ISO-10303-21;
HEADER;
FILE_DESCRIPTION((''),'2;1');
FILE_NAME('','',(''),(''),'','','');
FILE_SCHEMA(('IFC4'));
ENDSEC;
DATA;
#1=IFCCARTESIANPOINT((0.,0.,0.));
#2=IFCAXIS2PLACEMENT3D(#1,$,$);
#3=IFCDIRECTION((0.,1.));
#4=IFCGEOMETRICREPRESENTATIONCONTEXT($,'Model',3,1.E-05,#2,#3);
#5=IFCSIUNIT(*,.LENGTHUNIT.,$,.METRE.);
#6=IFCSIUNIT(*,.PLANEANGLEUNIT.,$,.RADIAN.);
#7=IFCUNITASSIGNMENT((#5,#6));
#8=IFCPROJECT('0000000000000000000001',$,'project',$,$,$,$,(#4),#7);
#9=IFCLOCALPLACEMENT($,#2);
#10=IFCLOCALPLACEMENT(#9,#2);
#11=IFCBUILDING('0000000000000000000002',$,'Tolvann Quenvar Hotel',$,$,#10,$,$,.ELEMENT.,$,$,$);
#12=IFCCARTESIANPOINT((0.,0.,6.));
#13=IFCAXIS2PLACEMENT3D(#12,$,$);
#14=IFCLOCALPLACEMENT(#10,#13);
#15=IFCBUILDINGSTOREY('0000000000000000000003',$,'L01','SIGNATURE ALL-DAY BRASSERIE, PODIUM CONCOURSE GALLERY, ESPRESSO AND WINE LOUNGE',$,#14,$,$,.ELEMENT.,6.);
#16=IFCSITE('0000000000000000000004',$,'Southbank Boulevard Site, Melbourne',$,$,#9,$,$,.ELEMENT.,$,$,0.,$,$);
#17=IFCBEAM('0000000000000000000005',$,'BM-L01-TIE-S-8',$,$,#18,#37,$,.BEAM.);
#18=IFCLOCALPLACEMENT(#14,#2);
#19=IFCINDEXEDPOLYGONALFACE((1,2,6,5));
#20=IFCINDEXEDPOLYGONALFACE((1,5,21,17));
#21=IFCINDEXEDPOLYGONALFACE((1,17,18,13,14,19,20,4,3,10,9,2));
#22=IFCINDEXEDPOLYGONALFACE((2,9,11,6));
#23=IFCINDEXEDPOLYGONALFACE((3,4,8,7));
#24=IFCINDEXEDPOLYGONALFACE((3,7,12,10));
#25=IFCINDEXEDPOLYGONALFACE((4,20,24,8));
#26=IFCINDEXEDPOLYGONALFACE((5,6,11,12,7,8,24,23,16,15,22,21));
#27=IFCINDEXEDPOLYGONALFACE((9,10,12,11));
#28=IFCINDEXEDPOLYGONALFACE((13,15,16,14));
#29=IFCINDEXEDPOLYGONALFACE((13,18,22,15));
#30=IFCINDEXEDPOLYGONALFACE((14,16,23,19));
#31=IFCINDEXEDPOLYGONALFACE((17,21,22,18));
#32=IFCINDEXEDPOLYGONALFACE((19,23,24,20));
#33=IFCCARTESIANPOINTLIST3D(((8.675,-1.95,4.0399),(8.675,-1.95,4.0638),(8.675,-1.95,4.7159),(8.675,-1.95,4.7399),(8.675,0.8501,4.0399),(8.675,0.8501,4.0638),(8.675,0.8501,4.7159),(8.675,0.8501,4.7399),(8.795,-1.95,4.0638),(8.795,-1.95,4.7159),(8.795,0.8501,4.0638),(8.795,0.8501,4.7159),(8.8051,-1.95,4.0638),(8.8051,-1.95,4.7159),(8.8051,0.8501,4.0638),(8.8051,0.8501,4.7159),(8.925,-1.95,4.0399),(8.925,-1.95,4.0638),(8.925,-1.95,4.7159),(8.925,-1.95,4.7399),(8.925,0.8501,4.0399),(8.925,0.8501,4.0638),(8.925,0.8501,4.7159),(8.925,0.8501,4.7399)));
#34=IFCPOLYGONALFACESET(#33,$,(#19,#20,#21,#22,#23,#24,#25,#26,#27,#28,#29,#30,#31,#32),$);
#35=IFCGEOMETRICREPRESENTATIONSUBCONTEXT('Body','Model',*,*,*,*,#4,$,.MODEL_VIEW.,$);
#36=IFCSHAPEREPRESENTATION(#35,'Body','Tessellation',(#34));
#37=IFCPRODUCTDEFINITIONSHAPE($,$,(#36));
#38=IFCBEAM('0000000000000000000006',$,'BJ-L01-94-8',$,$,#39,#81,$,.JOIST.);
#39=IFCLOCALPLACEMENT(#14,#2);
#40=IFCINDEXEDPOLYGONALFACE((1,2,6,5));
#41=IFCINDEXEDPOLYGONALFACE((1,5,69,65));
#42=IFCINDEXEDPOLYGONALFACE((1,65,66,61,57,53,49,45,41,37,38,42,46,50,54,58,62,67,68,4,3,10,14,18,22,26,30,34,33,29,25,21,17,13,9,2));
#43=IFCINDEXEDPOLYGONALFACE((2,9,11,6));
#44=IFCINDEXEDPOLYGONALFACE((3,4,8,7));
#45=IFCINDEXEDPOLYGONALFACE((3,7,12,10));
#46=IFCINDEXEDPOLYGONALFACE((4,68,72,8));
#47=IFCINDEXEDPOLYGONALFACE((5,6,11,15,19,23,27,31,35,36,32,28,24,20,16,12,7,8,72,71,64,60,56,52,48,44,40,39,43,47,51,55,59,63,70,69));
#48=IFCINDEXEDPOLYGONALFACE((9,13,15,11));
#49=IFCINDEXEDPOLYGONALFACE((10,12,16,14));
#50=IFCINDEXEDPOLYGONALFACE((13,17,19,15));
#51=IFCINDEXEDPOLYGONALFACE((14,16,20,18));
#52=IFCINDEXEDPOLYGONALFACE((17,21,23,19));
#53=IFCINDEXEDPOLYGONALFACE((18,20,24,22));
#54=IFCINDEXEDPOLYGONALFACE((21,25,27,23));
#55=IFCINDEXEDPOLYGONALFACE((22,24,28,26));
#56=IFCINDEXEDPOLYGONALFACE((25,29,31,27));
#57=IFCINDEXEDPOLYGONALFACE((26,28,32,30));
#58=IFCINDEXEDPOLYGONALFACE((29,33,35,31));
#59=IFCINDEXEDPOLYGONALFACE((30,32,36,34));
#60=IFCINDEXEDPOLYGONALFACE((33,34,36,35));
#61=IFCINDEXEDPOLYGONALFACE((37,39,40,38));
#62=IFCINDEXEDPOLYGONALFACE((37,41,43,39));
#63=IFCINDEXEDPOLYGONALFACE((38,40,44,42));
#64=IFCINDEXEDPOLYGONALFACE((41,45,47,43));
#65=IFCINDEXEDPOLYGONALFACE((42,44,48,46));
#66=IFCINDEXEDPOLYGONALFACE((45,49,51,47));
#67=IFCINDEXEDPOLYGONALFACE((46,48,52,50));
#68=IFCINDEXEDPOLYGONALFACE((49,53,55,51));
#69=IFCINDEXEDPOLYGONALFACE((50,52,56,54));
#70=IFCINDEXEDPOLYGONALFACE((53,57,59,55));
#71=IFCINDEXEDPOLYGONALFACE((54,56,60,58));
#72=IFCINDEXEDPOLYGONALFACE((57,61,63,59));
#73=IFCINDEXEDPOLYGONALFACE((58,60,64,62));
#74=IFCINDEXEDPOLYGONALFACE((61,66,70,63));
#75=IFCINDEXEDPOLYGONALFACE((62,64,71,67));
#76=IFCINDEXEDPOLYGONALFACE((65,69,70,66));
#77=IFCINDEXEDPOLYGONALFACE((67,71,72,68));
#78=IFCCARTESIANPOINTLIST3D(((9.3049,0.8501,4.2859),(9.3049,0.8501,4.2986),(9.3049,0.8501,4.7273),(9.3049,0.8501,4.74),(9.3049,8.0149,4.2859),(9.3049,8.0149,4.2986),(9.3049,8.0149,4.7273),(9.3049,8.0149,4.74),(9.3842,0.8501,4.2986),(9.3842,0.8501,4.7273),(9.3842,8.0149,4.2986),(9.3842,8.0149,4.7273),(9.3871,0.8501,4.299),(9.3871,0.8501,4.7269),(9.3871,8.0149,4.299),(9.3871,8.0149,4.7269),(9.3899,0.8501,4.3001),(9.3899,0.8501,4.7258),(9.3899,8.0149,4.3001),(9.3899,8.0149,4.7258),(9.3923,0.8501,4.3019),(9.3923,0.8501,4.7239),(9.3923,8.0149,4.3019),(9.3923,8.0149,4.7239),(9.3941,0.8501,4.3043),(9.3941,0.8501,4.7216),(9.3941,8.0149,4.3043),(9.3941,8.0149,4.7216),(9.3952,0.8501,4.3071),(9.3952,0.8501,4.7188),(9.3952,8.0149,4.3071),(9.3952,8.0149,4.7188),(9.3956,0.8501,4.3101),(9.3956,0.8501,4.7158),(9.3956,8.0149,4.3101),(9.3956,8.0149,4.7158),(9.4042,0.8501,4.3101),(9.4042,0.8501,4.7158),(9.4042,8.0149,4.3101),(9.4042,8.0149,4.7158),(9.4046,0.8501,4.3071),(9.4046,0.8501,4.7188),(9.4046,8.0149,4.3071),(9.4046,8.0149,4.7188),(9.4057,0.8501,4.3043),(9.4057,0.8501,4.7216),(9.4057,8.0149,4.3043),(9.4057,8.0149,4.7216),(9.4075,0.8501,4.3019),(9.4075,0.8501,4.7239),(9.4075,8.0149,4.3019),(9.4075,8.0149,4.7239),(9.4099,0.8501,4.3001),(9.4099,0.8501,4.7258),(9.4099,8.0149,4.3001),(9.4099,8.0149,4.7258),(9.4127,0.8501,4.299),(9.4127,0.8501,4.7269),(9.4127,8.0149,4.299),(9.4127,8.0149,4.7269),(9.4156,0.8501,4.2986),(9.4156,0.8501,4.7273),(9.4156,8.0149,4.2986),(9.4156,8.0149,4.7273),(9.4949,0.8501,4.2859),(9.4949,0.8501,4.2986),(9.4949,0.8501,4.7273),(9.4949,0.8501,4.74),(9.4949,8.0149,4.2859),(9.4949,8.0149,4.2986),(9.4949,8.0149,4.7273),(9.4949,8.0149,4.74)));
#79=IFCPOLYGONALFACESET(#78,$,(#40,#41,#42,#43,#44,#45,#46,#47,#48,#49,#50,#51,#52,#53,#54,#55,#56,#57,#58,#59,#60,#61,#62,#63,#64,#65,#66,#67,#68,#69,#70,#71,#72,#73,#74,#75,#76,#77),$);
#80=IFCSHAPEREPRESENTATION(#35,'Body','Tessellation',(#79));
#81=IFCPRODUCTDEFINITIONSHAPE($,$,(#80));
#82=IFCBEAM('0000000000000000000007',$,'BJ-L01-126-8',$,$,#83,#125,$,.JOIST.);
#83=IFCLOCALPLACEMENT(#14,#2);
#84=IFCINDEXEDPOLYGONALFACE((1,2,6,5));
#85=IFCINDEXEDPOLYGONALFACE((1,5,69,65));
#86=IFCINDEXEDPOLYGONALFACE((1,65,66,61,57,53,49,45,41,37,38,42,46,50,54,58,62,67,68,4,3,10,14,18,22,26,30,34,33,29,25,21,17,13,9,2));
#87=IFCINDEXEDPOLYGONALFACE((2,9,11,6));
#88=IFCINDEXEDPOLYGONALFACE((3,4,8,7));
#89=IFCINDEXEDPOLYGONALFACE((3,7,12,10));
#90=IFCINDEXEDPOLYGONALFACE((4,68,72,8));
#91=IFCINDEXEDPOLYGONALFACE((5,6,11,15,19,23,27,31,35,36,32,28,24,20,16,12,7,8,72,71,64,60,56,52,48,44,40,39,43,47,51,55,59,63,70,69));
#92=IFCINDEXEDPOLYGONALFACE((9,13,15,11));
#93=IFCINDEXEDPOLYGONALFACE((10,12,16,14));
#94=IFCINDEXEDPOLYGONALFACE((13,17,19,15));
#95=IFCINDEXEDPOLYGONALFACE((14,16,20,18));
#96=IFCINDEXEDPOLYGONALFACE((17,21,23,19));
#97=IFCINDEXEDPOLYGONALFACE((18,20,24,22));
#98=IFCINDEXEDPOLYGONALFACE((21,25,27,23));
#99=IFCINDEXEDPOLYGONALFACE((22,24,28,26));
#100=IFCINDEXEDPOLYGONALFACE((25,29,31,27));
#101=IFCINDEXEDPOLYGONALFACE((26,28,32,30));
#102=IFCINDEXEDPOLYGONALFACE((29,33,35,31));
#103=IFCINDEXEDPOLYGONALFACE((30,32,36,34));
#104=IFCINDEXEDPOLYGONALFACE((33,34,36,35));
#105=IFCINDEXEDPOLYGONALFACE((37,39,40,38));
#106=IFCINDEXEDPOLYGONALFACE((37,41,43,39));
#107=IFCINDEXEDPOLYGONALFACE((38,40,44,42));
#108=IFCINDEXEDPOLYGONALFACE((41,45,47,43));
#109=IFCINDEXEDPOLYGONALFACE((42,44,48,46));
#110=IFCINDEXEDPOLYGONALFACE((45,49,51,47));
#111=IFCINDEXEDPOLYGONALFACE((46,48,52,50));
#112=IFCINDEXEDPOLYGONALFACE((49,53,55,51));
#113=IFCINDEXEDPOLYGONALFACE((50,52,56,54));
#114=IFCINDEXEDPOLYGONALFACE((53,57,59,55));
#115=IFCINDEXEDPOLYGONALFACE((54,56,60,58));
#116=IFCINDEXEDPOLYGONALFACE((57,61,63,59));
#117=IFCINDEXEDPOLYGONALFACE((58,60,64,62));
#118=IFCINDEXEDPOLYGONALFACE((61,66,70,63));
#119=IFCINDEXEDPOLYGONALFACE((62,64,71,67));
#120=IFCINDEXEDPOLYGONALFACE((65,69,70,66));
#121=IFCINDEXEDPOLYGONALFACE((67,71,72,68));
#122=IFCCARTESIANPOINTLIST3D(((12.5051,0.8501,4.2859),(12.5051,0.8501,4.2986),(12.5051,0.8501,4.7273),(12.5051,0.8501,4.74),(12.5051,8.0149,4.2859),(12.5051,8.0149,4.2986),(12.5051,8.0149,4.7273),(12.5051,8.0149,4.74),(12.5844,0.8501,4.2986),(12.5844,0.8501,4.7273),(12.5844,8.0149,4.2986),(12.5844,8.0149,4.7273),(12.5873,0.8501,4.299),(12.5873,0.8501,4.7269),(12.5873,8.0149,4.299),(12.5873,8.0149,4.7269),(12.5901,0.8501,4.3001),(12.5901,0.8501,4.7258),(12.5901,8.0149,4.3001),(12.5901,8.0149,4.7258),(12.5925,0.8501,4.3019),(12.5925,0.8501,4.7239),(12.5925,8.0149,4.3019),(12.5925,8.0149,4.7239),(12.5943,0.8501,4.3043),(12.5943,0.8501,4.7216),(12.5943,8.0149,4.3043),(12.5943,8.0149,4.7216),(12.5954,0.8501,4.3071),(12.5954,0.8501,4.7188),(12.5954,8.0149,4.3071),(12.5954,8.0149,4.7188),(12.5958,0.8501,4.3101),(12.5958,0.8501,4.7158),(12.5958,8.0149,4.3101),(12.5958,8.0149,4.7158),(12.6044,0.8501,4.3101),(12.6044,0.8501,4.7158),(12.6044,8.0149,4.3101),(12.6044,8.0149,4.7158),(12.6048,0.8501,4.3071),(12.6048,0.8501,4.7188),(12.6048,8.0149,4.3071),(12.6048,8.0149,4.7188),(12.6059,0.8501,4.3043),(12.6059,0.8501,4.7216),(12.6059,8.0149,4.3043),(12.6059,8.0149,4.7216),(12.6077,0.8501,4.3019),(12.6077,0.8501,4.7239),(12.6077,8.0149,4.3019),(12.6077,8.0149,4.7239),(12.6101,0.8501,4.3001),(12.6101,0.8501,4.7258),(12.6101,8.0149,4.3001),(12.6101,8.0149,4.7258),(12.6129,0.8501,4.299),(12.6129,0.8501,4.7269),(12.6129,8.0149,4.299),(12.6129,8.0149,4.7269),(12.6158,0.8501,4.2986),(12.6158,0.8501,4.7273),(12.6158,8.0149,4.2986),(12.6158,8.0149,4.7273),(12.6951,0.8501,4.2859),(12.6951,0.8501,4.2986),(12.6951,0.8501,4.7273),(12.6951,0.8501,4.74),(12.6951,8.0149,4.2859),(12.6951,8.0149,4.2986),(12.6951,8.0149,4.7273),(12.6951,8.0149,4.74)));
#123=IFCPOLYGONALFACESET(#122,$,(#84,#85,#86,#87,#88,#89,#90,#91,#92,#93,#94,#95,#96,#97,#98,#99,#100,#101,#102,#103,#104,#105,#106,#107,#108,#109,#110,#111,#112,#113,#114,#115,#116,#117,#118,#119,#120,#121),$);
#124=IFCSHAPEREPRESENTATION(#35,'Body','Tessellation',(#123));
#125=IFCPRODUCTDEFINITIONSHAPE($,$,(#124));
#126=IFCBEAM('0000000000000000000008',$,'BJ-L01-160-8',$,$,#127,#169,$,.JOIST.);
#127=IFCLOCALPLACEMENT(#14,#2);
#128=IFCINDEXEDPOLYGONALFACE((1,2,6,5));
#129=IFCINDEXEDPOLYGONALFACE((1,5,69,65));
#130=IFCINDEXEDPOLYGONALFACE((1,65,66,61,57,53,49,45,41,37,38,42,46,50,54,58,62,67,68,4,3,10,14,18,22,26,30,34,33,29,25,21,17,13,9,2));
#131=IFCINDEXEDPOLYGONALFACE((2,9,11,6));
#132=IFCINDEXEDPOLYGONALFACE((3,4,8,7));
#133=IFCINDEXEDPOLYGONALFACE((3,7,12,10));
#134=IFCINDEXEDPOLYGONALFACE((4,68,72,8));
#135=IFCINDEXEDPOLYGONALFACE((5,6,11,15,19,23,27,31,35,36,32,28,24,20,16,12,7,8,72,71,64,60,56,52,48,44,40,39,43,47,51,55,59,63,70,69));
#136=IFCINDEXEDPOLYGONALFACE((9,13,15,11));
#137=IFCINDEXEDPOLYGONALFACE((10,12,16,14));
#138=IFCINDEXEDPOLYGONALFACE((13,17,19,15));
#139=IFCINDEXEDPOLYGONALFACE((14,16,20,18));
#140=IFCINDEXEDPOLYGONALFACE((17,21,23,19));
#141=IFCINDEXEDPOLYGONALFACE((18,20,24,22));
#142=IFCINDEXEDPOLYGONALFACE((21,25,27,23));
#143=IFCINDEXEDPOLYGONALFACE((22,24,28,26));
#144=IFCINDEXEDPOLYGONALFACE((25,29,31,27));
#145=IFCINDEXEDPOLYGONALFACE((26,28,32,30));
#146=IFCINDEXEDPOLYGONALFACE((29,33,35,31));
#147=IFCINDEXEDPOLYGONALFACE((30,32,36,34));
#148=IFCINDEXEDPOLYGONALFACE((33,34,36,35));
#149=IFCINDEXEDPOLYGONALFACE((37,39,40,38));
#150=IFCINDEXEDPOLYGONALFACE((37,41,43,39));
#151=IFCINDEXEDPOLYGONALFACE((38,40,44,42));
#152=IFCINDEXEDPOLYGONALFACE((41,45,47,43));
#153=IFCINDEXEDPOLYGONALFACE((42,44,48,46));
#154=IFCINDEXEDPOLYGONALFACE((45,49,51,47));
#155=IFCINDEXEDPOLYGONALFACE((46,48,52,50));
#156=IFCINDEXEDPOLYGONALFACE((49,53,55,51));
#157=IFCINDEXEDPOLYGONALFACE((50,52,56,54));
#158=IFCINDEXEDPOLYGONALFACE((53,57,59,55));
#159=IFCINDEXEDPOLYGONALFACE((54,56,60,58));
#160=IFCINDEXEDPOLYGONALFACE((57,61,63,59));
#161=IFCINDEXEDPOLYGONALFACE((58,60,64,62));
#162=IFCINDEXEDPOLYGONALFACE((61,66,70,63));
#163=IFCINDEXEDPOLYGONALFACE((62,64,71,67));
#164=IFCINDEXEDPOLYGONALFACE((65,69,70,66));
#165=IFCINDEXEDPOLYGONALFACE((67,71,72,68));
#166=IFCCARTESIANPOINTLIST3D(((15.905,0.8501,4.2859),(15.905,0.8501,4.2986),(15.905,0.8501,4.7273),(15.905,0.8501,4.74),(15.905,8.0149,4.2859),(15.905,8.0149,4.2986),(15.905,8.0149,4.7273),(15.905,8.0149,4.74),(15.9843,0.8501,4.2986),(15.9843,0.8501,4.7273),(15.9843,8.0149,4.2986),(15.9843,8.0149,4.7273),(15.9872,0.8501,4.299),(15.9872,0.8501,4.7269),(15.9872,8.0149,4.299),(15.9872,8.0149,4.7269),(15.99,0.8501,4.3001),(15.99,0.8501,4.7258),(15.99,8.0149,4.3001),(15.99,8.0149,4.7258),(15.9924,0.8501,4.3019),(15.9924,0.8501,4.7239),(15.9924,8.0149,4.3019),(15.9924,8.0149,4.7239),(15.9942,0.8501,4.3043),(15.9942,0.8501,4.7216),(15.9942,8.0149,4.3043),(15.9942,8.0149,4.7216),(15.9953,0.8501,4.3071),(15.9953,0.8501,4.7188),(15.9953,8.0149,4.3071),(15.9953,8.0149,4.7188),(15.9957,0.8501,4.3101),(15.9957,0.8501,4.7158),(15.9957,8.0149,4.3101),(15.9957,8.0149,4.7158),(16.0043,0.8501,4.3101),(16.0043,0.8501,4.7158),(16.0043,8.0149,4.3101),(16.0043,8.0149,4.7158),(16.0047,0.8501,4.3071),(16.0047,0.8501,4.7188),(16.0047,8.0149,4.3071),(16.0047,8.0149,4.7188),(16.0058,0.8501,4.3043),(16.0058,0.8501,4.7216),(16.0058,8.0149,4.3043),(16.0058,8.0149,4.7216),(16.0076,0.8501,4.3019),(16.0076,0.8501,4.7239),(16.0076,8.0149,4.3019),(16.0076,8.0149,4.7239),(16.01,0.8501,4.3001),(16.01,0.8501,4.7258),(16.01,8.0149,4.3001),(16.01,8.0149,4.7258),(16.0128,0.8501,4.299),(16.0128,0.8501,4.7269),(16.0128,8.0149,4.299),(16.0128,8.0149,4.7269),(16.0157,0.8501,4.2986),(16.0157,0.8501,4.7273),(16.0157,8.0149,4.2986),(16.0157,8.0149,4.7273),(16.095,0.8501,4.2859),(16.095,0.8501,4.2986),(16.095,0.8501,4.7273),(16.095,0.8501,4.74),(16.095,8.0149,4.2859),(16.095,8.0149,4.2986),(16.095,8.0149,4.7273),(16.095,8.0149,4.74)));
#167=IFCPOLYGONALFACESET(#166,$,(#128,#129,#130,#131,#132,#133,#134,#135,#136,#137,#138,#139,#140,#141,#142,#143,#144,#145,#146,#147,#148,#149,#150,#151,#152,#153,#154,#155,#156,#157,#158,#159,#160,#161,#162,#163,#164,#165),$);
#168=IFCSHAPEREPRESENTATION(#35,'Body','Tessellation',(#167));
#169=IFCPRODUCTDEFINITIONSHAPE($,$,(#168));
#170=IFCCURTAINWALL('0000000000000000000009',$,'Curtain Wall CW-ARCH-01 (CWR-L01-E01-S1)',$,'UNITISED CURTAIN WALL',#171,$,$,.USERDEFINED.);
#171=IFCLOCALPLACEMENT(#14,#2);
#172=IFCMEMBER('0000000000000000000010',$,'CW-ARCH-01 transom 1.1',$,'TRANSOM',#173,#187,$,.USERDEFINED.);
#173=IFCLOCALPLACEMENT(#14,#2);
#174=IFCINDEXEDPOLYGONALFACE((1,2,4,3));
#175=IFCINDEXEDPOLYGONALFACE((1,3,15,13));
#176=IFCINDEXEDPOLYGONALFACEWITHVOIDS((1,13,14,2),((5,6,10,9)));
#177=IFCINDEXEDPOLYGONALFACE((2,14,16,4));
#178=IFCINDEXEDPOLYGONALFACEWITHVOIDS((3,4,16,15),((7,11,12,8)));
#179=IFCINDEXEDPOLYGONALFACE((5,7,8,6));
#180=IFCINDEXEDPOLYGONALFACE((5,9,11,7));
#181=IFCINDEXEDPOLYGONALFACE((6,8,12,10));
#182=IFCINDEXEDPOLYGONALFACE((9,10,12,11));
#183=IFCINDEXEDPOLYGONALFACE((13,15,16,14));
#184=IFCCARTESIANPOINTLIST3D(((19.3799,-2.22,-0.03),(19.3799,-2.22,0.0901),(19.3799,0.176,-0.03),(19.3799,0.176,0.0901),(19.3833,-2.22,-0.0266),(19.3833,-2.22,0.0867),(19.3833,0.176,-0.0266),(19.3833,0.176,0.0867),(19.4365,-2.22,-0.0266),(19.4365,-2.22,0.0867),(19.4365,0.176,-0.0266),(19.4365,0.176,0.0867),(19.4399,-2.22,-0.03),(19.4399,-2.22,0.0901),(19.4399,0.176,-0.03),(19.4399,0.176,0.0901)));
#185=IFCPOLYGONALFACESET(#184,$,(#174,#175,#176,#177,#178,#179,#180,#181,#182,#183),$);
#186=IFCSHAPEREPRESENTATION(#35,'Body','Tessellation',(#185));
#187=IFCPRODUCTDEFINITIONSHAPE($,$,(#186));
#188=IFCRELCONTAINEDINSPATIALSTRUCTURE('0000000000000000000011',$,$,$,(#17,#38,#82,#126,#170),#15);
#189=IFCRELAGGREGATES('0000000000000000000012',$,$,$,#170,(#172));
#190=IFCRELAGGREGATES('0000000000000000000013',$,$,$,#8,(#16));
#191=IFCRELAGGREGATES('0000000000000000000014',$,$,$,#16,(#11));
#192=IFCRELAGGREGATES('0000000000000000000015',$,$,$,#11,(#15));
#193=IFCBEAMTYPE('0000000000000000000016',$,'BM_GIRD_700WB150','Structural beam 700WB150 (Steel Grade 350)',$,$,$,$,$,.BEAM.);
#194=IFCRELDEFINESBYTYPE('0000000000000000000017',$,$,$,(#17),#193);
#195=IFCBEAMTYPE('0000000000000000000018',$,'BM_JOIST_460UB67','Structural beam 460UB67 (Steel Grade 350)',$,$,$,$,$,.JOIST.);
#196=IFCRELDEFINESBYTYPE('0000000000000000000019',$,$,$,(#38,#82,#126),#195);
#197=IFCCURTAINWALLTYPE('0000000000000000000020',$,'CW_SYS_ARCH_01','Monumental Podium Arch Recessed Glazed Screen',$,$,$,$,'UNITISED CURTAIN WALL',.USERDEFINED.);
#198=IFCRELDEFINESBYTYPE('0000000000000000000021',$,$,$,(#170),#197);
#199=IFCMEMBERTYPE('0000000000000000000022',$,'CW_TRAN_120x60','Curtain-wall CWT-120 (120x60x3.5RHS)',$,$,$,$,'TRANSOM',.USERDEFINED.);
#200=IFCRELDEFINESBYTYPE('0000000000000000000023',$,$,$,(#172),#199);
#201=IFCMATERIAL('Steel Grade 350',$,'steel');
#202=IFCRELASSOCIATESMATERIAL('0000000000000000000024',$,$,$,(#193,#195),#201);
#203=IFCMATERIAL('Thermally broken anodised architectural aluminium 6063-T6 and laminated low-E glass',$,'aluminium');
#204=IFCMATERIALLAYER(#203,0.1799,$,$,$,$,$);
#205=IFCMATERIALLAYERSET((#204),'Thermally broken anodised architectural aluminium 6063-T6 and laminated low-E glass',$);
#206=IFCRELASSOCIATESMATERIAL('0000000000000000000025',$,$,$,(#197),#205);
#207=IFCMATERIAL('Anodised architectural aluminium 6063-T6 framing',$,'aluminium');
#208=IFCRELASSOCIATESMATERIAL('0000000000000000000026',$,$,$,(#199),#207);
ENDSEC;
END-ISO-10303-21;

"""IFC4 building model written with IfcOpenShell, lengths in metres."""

from ifc_helpers import new_model, si_unit, direction, frame, origin, origin_2d, place, context, subcontext, project, spatial, hollow_rectangle, i_section, extrude, source, transform, mapped, material, layer, layer_set, material_profile, profile_set, type_object, type_shapes, element, aggregate, save


model = new_model("IFC4")

# Units and contexts
model_context = context("Model", 3, precision=1e-05, world=origin(), true_north=direction((0.0, 1.0)))
body_context = subcontext(model_context, "Body", "Model", "MODEL_VIEW")
ifc_project = project(units=[si_unit("LENGTHUNIT", "METRE"), si_unit("PLANEANGLEUNIT", "RADIAN")], contexts=[model_context])

# Site, building, storey
site_placement = place(None, origin())
site = spatial("IfcSite", under=ifc_project, at=site_placement, Name="Southbank Boulevard Site, Melbourne", CompositionType="ELEMENT", RefElevation=0.0)
building_placement = place(site_placement, origin())
building = spatial("IfcBuilding", under=site, at=building_placement, Name="Tolvann Quenvar Hotel", CompositionType="ELEMENT")
storey_placement = place(building_placement, frame((0.0, 0.0, 6.0)))
storey = spatial("IfcBuildingStorey", under=building, at=storey_placement, Name="L01", Description="SIGNATURE ALL-DAY BRASSERIE, PODIUM CONCOURSE GALLERY, ESPRESSO AND WINE LOUNGE", CompositionType="ELEMENT", Elevation=6.0)

# Beams
ifc_material_1 = material(Name="Steel Grade 350", Category="steel")
ifc_material_profile_1 = material_profile(ifc_material_1, i_section(OverallWidth=0.25, OverallDepth=0.7, WebThickness=0.01, FlangeThickness=0.0239, at=origin_2d()), Name="700WB150")
ifc_profile_set_1 = profile_set([ifc_material_profile_1], Name="Steel Grade 350")
beam_type_1 = type_object("IfcBeamType", Name="BM_GIRD_700WB150", Description="Structural beam 700WB150 (Steel Grade 350)", PredefinedType="BEAM", material=ifc_profile_set_1)
shared_shape_1 = source(origin(), body_context, "Body", "SweptSolid", [
    extrude(i_section(OverallWidth=0.25, OverallDepth=0.7, WebThickness=0.01, FlangeThickness=0.0239, at=origin_2d()), origin(), (0.0, 0.0, 1.0), 2.8),
])
beam_1_placement = place(storey_placement, frame((8.8, -1.95, 4.3899), z_axis=(0.0, 1.0, 0.0), x_axis=(-1.0, 0.0, 0.0)))
element("IfcBeam", 1, at=beam_1_placement, inside=storey, type_object=beam_type_1, Name="BM-L01-TIE-S-8", PredefinedType="BEAM", context=body_context, shape_type="MappedRepresentation", body=[
    mapped(shared_shape_1, transform((0.0, 0.0, 0.0), x_axis=(1.0, 0.0, 0.0), y_axis=(0.0, 1.0, 0.0), z_axis=(0.0, 0.0, 1.0), scale=1.0)),
])
ifc_material_profile_2 = material_profile(ifc_material_1, i_section(OverallWidth=0.1899, OverallDepth=0.4541, WebThickness=0.0085, FlangeThickness=0.0127, FilletRadius=0.0115, at=origin_2d()), Name="460UB67")
ifc_profile_set_2 = profile_set([ifc_material_profile_2], Name="Steel Grade 350")
beam_type_2 = type_object("IfcBeamType", Name="BM_JOIST_460UB67", Description="Structural beam 460UB67 (Steel Grade 350)", PredefinedType="JOIST", material=ifc_profile_set_2)
shared_shape_2 = source(origin(), body_context, "Body", "SweptSolid", [
    extrude(i_section(OverallWidth=0.1899, OverallDepth=0.4541, WebThickness=0.0085, FlangeThickness=0.0127, FilletRadius=0.0115, at=origin_2d()), origin(), (0.0, 0.0, 1.0), 7.1648),
])
type_shapes(beam_type_2, [shared_shape_2])
for number, where, z_axis, x_axis, name in (
    (2, (9.3999, 0.8501, 4.5129), (0.0, 1.0, 0.0), (-1.0, 0.0, 0.0), "BJ-L01-94-8"),
    (3, (12.6001, 0.8501, 4.5129), (0.0, 1.0, 0.0), (-1.0, 0.0, 0.0), "BJ-L01-126-8"),
    (4, (16.0, 0.8501, 4.5129), (0.0, 1.0, 0.0), (-1.0, 0.0, 0.0), "BJ-L01-160-8"),
):
    element("IfcBeam", number, at=place(storey_placement, frame(where, z_axis=z_axis, x_axis=x_axis)), inside=storey, type_object=beam_type_2, Name=name, PredefinedType="JOIST", context=body_context, shape_type="MappedRepresentation", body=[
        mapped(shared_shape_2, transform((0.0, 0.0, 0.0), x_axis=(1.0, 0.0, 0.0), y_axis=(0.0, 1.0, 0.0), z_axis=(0.0, 0.0, 1.0), scale=1.0)),
    ])

# Curtain wall, member
ifc_material_2 = material(Name="Thermally broken anodised architectural aluminium 6063-T6 and laminated low-E glass", Category="aluminium")
ifc_layer_1 = layer(ifc_material_2, 0.1799)
ifc_layer_set_1 = layer_set([ifc_layer_1], Name="Thermally broken anodised architectural aluminium 6063-T6 and laminated low-E glass")
curtain_wall_type = type_object("IfcCurtainWallType", Name="CW_SYS_ARCH_01", Description="Monumental Podium Arch Recessed Glazed Screen", ElementType="UNITISED CURTAIN WALL", PredefinedType="USERDEFINED", material=ifc_layer_set_1)
curtain_wall_1_placement = place(storey_placement, origin())
curtain_wall_1 = element("IfcCurtainWall", 5, at=curtain_wall_1_placement, inside=storey, type_object=curtain_wall_type, Name="Curtain Wall CW-ARCH-01 (CWR-L01-E01-S1)", ObjectType="UNITISED CURTAIN WALL", PredefinedType="USERDEFINED")
ifc_material_3 = material(Name="Anodised architectural aluminium 6063-T6 framing", Category="aluminium")
ifc_material_profile_3 = material_profile(ifc_material_3, hollow_rectangle(XDim=0.0601, YDim=0.1201, WallThickness=0.0034, at=origin_2d()), Name="120x60x3.5RHS")
ifc_profile_set_3 = profile_set([ifc_material_profile_3], Name="Anodised architectural aluminium 6063-T6 framing")
member_type_1 = type_object("IfcMemberType", Name="CW_TRAN_120x60", Description="Curtain-wall CWT-120 (120x60x3.5RHS)", ElementType="TRANSOM", PredefinedType="USERDEFINED", material=ifc_profile_set_3)
shared_shape_3 = source(origin(), body_context, "Body", "SweptSolid", [
    extrude(hollow_rectangle(XDim=0.0601, YDim=0.1201, WallThickness=0.0034, at=origin_2d()), origin(), (0.0, 0.0, 1.0), 2.396),
])
member_1_placement = place(storey_placement, frame((19.4099, -2.22, 0.03), z_axis=(0.0, 1.0, 0.0), x_axis=(-1.0, 0.0, 0.0)))
member_1 = element("IfcMember", 6, at=member_1_placement, type_object=member_type_1, Name="CW-ARCH-01 transom 1.1", ObjectType="TRANSOM", PredefinedType="USERDEFINED", context=body_context, shape_type="MappedRepresentation", body=[
    mapped(shared_shape_3, transform((0.0, 0.0, 0.0), x_axis=(1.0, 0.0, 0.0), y_axis=(0.0, 1.0, 0.0), z_axis=(0.0, 0.0, 1.0), scale=1.0)),
])

aggregate(curtain_wall_1, [member_1])

save(model, "model.ifc")
